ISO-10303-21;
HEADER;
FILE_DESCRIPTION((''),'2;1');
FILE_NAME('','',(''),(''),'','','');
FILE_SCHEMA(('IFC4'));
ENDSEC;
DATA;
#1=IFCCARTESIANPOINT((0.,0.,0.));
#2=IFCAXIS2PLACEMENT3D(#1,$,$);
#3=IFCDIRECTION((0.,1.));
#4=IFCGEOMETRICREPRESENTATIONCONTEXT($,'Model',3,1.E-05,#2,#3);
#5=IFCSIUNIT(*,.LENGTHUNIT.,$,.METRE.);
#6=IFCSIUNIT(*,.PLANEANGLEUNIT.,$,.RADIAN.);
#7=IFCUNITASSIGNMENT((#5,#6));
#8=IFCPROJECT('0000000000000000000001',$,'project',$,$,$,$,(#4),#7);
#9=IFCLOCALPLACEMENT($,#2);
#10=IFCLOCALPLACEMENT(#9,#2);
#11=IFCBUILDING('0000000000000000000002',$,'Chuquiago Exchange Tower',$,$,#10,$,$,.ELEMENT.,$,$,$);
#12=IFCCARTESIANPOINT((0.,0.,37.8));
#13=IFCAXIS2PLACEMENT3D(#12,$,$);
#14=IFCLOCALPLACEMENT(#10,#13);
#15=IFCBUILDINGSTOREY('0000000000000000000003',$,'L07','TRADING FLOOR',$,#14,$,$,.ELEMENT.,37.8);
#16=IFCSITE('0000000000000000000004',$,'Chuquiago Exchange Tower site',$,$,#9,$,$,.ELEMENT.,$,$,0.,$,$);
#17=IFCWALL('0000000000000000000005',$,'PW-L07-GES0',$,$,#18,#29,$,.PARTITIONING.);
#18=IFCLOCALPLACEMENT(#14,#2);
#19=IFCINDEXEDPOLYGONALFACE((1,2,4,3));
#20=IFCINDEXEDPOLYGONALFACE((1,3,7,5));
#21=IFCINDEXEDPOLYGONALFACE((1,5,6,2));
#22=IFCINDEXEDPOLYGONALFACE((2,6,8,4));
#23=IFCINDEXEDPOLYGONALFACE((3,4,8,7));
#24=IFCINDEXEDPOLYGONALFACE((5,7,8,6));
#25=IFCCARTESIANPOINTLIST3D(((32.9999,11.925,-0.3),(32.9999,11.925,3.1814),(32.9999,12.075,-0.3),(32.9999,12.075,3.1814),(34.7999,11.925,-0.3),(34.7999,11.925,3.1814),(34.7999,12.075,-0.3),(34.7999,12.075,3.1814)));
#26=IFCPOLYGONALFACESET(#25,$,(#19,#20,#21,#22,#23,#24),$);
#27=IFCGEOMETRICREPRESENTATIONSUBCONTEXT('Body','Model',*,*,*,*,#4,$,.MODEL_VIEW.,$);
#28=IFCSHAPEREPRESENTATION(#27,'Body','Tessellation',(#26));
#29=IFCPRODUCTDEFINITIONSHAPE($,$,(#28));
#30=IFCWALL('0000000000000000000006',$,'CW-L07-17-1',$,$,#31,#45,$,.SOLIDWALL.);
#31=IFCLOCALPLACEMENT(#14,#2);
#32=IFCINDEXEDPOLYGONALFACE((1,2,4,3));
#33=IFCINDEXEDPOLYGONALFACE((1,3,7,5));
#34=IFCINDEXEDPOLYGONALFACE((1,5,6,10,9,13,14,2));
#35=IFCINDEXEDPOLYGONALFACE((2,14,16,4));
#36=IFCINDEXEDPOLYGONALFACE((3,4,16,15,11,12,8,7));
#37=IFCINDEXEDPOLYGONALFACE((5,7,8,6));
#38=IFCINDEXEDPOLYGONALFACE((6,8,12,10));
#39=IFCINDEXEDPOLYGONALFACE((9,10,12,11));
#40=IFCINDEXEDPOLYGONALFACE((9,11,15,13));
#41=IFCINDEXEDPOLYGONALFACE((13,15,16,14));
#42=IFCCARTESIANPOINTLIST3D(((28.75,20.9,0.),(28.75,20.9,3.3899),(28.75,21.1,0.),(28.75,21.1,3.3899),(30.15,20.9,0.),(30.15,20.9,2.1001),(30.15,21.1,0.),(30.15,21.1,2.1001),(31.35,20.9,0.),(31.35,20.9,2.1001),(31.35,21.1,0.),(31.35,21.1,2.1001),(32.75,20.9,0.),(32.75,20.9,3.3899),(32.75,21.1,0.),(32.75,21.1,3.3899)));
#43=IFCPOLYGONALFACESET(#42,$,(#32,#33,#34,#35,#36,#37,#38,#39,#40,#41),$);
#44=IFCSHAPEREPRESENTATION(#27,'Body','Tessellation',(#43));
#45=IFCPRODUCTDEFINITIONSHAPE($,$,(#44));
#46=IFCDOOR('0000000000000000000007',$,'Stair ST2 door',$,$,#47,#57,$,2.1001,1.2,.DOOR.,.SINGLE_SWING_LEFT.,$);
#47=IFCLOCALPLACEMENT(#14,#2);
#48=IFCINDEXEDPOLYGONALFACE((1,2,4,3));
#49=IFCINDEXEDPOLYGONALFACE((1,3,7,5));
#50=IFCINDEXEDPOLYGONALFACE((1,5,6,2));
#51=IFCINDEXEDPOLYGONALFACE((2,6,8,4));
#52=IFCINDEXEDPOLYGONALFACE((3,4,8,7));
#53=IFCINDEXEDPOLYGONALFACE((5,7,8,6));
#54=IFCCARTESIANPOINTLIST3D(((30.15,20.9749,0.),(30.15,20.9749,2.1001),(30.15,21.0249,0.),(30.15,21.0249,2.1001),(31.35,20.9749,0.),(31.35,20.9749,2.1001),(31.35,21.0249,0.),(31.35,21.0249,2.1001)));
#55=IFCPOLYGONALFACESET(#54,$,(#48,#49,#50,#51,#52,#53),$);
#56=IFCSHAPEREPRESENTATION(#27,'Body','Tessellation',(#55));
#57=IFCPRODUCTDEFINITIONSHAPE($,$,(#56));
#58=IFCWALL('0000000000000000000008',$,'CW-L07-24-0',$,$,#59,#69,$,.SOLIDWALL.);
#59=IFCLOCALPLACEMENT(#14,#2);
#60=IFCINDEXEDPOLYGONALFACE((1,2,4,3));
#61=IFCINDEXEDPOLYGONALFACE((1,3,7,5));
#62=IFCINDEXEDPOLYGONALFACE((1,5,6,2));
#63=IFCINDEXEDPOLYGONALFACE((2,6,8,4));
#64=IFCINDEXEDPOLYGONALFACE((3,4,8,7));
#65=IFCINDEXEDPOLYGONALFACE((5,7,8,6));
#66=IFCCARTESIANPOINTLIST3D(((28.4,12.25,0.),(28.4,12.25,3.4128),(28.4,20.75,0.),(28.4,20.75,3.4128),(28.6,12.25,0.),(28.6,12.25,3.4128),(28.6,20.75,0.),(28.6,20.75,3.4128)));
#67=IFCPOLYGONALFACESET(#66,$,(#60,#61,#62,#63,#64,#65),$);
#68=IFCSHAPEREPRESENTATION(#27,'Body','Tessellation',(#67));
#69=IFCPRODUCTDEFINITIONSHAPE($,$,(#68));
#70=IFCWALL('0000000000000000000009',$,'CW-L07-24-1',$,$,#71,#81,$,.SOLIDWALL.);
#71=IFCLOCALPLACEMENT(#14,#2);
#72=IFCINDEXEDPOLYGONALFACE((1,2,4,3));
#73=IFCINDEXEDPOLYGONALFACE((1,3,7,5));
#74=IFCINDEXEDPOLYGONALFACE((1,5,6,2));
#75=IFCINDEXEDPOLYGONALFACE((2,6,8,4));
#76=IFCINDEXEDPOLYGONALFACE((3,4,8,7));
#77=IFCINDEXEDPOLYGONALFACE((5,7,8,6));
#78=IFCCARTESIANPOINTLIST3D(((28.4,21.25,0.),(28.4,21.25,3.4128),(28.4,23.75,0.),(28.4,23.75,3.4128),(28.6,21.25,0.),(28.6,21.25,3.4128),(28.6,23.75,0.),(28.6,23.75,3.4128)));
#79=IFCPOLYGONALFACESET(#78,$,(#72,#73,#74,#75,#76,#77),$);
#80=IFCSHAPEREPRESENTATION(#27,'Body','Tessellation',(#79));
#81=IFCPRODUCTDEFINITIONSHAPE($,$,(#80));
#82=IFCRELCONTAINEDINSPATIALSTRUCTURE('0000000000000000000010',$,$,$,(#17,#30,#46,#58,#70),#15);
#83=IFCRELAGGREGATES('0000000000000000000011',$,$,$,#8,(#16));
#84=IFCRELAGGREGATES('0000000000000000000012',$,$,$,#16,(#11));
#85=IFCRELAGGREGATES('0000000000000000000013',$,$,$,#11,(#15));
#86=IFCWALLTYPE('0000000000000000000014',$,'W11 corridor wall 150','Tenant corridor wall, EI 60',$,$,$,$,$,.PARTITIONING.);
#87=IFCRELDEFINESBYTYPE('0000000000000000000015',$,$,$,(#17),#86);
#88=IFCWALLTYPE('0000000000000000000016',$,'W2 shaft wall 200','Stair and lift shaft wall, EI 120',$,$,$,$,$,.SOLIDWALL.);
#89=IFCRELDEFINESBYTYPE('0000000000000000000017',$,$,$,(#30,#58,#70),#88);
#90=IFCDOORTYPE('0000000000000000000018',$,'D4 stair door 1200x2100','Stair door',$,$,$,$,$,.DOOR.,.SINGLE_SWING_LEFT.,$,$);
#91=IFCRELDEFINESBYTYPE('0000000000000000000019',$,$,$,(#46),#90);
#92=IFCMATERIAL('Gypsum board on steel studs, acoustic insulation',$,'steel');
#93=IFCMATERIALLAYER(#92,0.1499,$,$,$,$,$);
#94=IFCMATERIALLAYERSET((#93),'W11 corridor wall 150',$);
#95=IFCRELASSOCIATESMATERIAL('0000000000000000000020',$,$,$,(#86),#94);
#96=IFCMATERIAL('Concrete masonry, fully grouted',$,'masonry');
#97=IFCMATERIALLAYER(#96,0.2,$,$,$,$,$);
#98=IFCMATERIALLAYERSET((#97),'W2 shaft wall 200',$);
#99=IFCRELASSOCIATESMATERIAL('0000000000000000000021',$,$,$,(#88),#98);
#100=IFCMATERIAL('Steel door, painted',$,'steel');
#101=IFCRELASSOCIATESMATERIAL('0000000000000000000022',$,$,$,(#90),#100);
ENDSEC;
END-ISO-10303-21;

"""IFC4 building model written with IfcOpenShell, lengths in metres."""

from ifc_helpers import new_model, si_unit, direction, frame, frame_2d, origin, place, context, subcontext, project, spatial, rectangle, extrude, material, layer, layer_set, type_object, element, fill, save


model = new_model("IFC4")

# Units and contexts
model_context = context("Model", 3, precision=1e-05, world=origin(), true_north=direction((0.0, 1.0)))
body_context = subcontext(model_context, "Body", "Model", "MODEL_VIEW")
ifc_project = project(units=[si_unit("LENGTHUNIT", "METRE"), si_unit("PLANEANGLEUNIT", "RADIAN")], contexts=[model_context])

# Site, building, storey
site_placement = place(None, origin())
site = spatial("IfcSite", under=ifc_project, at=site_placement, Name="Chuquiago Exchange Tower site", CompositionType="ELEMENT", RefElevation=0.0)
building_placement = place(site_placement, origin())
building = spatial("IfcBuilding", under=site, at=building_placement, Name="Chuquiago Exchange Tower", CompositionType="ELEMENT")
storey_placement = place(building_placement, frame((0.0, 0.0, 37.8)))
storey = spatial("IfcBuildingStorey", under=building, at=storey_placement, Name="L07", Description="TRADING FLOOR", CompositionType="ELEMENT", Elevation=37.8)

# Wall
ifc_material_1 = material(Name="Gypsum board on steel studs, acoustic insulation", Category="steel")
ifc_layer_1 = layer(ifc_material_1, 0.1499)
ifc_layer_set_1 = layer_set([ifc_layer_1], Name="W11 corridor wall 150")
wall_type_1 = type_object("IfcWallType", Name="W11 corridor wall 150", Description="Tenant corridor wall, EI 60", PredefinedType="PARTITIONING", material=ifc_layer_set_1)
wall_1_placement = place(storey_placement, frame((33.0, 12.0, -0.3), z_axis=(0.0, 0.0, 1.0), x_axis=(1.0, 0.0, 0.0)))
element("IfcWall", 1, at=wall_1_placement, inside=storey, type_object=wall_type_1, Name="PW-L07-GES0", PredefinedType="PARTITIONING", context=body_context, shape_type="SweptSolid", body=[
    extrude(rectangle(XDim=1.8, YDim=0.1499, at=frame_2d((0.8999, 0.0))), origin(), (0.0, 0.0, 1.0), 3.4814),
])

# Wall, opening, door
ifc_material_2 = material(Name="Concrete masonry, fully grouted", Category="masonry")
ifc_layer_2 = layer(ifc_material_2, 0.2)
ifc_layer_set_2 = layer_set([ifc_layer_2], Name="W2 shaft wall 200")
wall_type_2 = type_object("IfcWallType", Name="W2 shaft wall 200", Description="Stair and lift shaft wall, EI 120", PredefinedType="SOLIDWALL", material=ifc_layer_set_2)
wall_2_placement = place(storey_placement, frame((28.75, 21.0, 0.0), z_axis=(0.0, 0.0, 1.0), x_axis=(1.0, 0.0, 0.0)))
wall_2 = element("IfcWall", 2, at=wall_2_placement, inside=storey, type_object=wall_type_2, Name="CW-L07-17-1", PredefinedType="SOLIDWALL", context=body_context, shape_type="SweptSolid", body=[
    extrude(rectangle(XDim=4.0, YDim=0.2, at=frame_2d((2.0, 0.0))), origin(), (0.0, 0.0, 1.0), 3.3899),
])
opening_1_placement = place(wall_2_placement, frame((1.3999, 0.0, 0.0)))
opening_1 = element("IfcOpeningElement", 3, at=opening_1_placement, cuts=wall_2, PredefinedType="OPENING", context=body_context, shape_type="SweptSolid", body=[
    extrude(rectangle(XDim=1.2, YDim=2.1001, at=frame_2d((0.6001, 1.05))), frame((0.0, 0.1099, 0.0), z_axis=(0.0, -1.0, 0.0), x_axis=(1.0, 0.0, 0.0)), (0.0, 0.0, 1.0), 0.22),
])
ifc_material_3 = material(Name="Steel door, painted", Category="steel")
door_type_1 = type_object("IfcDoorType", Name="D4 stair door 1200x2100", Description="Stair door", OperationType="SINGLE_SWING_LEFT", PredefinedType="DOOR", material=ifc_material_3)
door_1_placement = place(opening_1_placement, origin())
door_1 = element("IfcDoor", 4, at=door_1_placement, inside=storey, type_object=door_type_1, Name="Stair ST2 door", OperationType="SINGLE_SWING_LEFT", OverallHeight=2.1001, OverallWidth=1.2, PredefinedType="DOOR", context=body_context, shape_type="SweptSolid", body=[
    extrude(rectangle(XDim=1.2, YDim=2.1001, at=frame_2d((0.6001, 1.05))), frame((0.0, 0.0249, 0.0), z_axis=(0.0, -1.0, 0.0), x_axis=(1.0, 0.0, 0.0)), (0.0, 0.0, 1.0), 0.05),
])
fill(opening_1, door_1)

# Walls
wall_3_placement = place(storey_placement, frame((28.5, 12.25, 0.0), z_axis=(0.0, 0.0, 1.0), x_axis=(0.0, 1.0, 0.0)))
element("IfcWall", 5, at=wall_3_placement, inside=storey, type_object=wall_type_2, Name="CW-L07-24-0", PredefinedType="SOLIDWALL", context=body_context, shape_type="SweptSolid", body=[
    extrude(rectangle(XDim=8.5, YDim=0.2, at=frame_2d((4.25, 0.0))), origin(), (0.0, 0.0, 1.0), 3.4128),
])
wall_4_placement = place(storey_placement, frame((28.5, 21.25, 0.0), z_axis=(0.0, 0.0, 1.0), x_axis=(0.0, 1.0, 0.0)))
element("IfcWall", 6, at=wall_4_placement, inside=storey, type_object=wall_type_2, Name="CW-L07-24-1", PredefinedType="SOLIDWALL", context=body_context, shape_type="SweptSolid", body=[
    extrude(rectangle(XDim=2.5, YDim=0.2, at=frame_2d((1.25, 0.0))), origin(), (0.0, 0.0, 1.0), 3.4128),
])

save(model, "model.ifc")
